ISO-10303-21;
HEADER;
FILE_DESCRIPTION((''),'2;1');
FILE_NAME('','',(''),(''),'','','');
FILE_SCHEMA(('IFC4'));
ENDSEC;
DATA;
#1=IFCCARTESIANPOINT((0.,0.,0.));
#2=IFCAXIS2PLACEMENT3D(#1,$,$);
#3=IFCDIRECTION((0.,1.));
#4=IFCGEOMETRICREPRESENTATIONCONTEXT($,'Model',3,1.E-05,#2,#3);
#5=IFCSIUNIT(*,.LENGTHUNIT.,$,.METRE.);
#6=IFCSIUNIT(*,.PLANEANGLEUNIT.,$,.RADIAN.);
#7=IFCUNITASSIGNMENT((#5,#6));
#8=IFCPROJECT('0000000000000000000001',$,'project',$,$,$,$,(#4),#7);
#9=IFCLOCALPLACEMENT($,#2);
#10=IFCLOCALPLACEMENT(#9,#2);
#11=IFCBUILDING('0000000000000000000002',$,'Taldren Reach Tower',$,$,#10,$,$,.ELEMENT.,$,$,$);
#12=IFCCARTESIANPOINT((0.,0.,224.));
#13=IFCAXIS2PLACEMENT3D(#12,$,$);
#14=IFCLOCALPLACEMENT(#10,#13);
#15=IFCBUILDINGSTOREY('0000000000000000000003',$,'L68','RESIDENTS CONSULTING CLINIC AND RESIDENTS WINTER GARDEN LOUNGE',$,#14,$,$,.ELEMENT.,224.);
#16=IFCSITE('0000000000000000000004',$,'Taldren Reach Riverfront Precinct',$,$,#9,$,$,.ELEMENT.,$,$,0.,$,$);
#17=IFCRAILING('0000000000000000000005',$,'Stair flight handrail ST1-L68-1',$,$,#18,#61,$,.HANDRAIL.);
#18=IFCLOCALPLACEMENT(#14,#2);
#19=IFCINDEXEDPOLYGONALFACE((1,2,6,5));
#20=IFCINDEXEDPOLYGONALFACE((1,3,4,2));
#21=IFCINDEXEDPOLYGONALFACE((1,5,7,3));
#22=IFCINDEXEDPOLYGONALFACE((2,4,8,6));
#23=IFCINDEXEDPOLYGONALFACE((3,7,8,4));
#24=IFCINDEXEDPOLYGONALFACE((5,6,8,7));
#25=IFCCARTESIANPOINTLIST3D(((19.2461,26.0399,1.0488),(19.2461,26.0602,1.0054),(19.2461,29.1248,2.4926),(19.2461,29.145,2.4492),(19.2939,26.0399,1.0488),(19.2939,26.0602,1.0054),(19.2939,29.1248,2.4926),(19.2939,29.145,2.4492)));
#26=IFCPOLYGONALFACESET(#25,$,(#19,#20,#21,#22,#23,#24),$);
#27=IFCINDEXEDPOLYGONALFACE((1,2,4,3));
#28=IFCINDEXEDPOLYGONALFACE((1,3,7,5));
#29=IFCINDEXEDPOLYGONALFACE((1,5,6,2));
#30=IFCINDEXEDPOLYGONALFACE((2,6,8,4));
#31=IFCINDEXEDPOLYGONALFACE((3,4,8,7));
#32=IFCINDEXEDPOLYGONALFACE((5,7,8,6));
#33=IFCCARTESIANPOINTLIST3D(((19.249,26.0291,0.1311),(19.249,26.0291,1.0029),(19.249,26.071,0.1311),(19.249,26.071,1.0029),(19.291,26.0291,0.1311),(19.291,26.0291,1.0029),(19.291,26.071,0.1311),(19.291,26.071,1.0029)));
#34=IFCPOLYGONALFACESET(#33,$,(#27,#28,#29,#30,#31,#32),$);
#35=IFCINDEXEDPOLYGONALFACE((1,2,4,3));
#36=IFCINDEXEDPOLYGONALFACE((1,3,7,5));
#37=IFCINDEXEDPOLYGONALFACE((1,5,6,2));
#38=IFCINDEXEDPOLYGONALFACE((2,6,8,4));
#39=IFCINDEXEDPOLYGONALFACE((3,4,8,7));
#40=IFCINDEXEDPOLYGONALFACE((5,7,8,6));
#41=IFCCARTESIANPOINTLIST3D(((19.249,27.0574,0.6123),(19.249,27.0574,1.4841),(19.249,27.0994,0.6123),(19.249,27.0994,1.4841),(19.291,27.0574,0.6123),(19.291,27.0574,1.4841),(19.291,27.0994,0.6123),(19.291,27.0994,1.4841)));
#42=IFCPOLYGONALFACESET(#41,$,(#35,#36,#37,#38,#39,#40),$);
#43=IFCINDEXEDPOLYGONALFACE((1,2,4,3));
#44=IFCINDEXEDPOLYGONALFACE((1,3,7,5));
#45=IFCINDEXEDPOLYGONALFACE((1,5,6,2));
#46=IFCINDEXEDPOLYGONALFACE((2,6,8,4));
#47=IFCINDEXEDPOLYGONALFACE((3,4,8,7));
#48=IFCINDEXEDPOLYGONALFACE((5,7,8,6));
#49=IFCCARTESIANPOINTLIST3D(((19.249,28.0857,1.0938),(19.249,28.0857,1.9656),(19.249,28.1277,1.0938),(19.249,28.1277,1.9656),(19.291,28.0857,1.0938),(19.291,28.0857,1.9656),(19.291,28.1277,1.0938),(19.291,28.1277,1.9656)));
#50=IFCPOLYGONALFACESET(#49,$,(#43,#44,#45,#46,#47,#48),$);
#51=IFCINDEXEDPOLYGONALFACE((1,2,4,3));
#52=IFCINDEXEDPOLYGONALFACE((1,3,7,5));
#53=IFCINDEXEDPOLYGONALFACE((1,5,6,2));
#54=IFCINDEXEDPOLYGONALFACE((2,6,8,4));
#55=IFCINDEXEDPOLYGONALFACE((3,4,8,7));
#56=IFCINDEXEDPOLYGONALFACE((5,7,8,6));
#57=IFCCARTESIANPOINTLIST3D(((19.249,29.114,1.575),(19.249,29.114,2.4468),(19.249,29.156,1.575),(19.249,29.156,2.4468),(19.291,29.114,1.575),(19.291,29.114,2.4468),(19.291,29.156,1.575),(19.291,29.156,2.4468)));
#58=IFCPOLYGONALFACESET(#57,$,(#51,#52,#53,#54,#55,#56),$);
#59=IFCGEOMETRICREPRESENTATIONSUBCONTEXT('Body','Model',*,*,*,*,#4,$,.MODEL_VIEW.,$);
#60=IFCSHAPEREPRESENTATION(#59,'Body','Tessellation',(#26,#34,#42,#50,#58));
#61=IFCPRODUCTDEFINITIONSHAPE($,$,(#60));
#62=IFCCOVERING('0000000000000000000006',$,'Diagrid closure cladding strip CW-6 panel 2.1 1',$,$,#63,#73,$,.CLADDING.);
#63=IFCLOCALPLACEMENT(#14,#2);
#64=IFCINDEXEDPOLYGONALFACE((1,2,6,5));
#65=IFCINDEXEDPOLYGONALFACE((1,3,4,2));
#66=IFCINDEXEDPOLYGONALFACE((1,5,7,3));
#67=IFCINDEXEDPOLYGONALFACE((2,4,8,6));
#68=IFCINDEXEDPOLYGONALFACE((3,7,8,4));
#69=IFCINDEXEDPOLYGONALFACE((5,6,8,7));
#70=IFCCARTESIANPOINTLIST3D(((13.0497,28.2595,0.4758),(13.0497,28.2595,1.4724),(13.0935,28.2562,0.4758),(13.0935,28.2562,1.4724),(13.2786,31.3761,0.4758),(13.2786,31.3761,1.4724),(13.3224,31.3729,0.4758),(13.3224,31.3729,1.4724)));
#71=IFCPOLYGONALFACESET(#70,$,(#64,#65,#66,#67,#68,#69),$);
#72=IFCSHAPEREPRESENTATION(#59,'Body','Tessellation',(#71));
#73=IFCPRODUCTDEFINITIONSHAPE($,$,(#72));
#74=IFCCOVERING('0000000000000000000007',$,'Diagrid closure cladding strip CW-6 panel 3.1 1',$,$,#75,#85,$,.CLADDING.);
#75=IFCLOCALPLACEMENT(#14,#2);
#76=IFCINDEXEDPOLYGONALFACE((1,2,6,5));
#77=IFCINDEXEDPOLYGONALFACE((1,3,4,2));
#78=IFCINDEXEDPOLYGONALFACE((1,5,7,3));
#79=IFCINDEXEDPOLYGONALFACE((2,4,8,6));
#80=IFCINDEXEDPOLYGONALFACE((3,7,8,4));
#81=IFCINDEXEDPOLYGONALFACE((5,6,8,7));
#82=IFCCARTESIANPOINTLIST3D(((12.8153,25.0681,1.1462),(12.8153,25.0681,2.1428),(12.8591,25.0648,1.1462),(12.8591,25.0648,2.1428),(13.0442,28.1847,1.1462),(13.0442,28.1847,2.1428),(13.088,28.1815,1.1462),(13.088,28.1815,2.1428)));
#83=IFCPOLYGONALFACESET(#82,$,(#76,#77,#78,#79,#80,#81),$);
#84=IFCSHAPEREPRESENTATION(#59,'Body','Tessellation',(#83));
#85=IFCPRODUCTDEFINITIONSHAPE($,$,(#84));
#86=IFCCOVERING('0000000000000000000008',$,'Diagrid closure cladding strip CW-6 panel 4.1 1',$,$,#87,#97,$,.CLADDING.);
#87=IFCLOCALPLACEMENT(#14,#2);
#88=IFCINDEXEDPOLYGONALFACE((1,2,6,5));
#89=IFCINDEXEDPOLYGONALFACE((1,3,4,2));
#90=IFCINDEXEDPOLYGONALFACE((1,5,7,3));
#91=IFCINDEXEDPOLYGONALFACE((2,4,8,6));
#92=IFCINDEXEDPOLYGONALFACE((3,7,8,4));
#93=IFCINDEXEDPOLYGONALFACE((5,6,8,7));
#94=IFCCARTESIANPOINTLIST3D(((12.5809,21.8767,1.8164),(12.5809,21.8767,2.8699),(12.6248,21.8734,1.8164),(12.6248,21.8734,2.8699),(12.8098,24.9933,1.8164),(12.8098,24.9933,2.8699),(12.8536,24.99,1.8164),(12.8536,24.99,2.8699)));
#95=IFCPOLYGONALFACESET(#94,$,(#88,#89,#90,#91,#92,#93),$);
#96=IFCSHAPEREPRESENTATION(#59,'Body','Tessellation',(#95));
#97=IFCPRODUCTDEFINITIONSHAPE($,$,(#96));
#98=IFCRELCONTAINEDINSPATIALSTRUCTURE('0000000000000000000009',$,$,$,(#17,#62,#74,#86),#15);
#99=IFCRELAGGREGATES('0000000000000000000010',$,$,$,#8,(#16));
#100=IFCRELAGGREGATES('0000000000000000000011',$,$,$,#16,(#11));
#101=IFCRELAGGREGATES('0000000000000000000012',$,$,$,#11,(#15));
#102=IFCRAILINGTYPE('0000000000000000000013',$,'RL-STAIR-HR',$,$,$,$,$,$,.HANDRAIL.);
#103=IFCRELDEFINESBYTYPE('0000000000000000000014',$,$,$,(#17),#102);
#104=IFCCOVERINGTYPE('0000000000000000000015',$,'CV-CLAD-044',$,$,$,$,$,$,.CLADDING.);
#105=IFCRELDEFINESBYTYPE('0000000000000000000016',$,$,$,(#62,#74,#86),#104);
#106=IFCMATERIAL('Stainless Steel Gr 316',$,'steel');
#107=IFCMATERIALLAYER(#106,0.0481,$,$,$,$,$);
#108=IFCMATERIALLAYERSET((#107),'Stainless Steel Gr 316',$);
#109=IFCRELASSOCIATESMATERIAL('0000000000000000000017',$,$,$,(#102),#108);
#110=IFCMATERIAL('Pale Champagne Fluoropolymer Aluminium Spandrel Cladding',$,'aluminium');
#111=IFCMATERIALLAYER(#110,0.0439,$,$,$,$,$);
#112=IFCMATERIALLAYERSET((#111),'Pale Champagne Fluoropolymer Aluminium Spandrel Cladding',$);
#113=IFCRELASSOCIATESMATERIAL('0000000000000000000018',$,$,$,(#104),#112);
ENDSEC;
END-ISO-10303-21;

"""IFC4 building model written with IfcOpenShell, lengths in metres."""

from ifc_helpers import new_model, si_unit, direction, frame, origin, origin_2d, place, context, subcontext, project, spatial, rectangle, extrude, source, transform, mapped, material, layer, layer_set, type_object, element, save


model = new_model("IFC4")

# Units and contexts
model_context = context("Model", 3, precision=1e-05, world=origin(), true_north=direction((0.0, 1.0)))
body_context = subcontext(model_context, "Body", "Model", "MODEL_VIEW")
ifc_project = project(units=[si_unit("LENGTHUNIT", "METRE"), si_unit("PLANEANGLEUNIT", "RADIAN")], contexts=[model_context])

# Site, building, storey
site_placement = place(None, origin())
site = spatial("IfcSite", under=ifc_project, at=site_placement, Name="Taldren Reach Riverfront Precinct", CompositionType="ELEMENT", RefElevation=0.0)
building_placement = place(site_placement, origin())
building = spatial("IfcBuilding", under=site, at=building_placement, Name="Taldren Reach Tower", CompositionType="ELEMENT")
storey_placement = place(building_placement, frame((0.0, 0.0, 224.0)))
storey = spatial("IfcBuildingStorey", under=building, at=storey_placement, Name="L68", Description="RESIDENTS CONSULTING CLINIC AND RESIDENTS WINTER GARDEN LOUNGE", CompositionType="ELEMENT", Elevation=224.0)

# Railing
ifc_material_1 = material(Name="Stainless Steel Gr 316", Category="steel")
ifc_layer_1 = layer(ifc_material_1, 0.0481)
ifc_layer_set_1 = layer_set([ifc_layer_1], Name="Stainless Steel Gr 316")
railing_type_1 = type_object("IfcRailingType", Name="RL-STAIR-HR", PredefinedType="HANDRAIL", material=ifc_layer_set_1)
railing_1_placement = place(storey_placement, frame((19.27, 26.05, 0.1311)))
element("IfcRailing", 1, at=railing_1_placement, inside=storey, type_object=railing_type_1, Name="Stair flight handrail ST1-L68-1", PredefinedType="HANDRAIL", context=body_context, shape_type="SweptSolid", body=[
    extrude(rectangle(XDim=0.0479, YDim=0.0479, at=origin_2d()), frame((0.0, 0.0, 0.896), z_axis=(0.0, 0.90571, 0.423898), x_axis=(-1.0, 0.0, 0.0)), (0.0, 0.0, 1.0), 3.406),
    extrude(rectangle(XDim=0.042, YDim=0.042, at=origin_2d()), origin(), (0.0, 0.0, 1.0), 0.8718),
    extrude(rectangle(XDim=0.042, YDim=0.042, at=origin_2d()), frame((0.0, 1.0283, 0.4812)), (0.0, 0.0, 1.0), 0.8718),
    extrude(rectangle(XDim=0.042, YDim=0.042, at=origin_2d()), frame((0.0, 2.0566, 0.9626)), (0.0, 0.0, 1.0), 0.8718),
    extrude(rectangle(XDim=0.042, YDim=0.042, at=origin_2d()), frame((0.0, 3.085, 1.4438)), (0.0, 0.0, 1.0), 0.8718),
])

# Coverings
ifc_material_2 = material(Name="Pale Champagne Fluoropolymer Aluminium Spandrel Cladding", Category="aluminium")
ifc_layer_2 = layer(ifc_material_2, 0.0439)
ifc_layer_set_2 = layer_set([ifc_layer_2], Name="Pale Champagne Fluoropolymer Aluminium Spandrel Cladding")
covering_type = type_object("IfcCoveringType", Name="CV-CLAD-044", PredefinedType="CLADDING", material=ifc_layer_set_2)
shared_shape_1 = source(origin(), body_context, "Body", "SweptSolid", [
    extrude(rectangle(XDim=3.125, YDim=0.0439, at=origin_2d()), origin(), (0.0, 0.0, 1.0), 0.9966),
])
for number, where, z_axis, x_axis, name in (
    (2, (13.186, 29.8162, 0.4758), (0.0, 0.0, 1.0), (-0.073238, -0.997314, 0.0), "Diagrid closure cladding strip CW-6 panel 2.1 1"),
    (3, (12.9517, 26.6248, 1.1462), (0.0, 0.0, 1.0), (-0.073238, -0.997314, 0.0), "Diagrid closure cladding strip CW-6 panel 3.1 1"),
):
    element("IfcCovering", number, at=place(storey_placement, frame(where, z_axis=z_axis, x_axis=x_axis)), inside=storey, type_object=covering_type, Name=name, PredefinedType="CLADDING", context=body_context, shape_type="MappedRepresentation", body=[
        mapped(shared_shape_1, transform((0.0, 0.0, 0.0), scale=1.0)),
    ])
shared_shape_2 = source(origin(), body_context, "Body", "SweptSolid", [
    extrude(rectangle(XDim=3.125, YDim=0.0439, at=origin_2d()), origin(), (0.0, 0.0, 1.0), 1.0535),
])
covering_placement = place(storey_placement, frame((12.7173, 23.4333, 1.8164), z_axis=(0.0, 0.0, 1.0), x_axis=(-0.073238, -0.997314, 0.0)))
element("IfcCovering", 4, at=covering_placement, inside=storey, type_object=covering_type, Name="Diagrid closure cladding strip CW-6 panel 4.1 1", PredefinedType="CLADDING", context=body_context, shape_type="MappedRepresentation", body=[
    mapped(shared_shape_2, transform((0.0, 0.0, 0.0), scale=1.0)),
])

save(model, "model.ifc")
